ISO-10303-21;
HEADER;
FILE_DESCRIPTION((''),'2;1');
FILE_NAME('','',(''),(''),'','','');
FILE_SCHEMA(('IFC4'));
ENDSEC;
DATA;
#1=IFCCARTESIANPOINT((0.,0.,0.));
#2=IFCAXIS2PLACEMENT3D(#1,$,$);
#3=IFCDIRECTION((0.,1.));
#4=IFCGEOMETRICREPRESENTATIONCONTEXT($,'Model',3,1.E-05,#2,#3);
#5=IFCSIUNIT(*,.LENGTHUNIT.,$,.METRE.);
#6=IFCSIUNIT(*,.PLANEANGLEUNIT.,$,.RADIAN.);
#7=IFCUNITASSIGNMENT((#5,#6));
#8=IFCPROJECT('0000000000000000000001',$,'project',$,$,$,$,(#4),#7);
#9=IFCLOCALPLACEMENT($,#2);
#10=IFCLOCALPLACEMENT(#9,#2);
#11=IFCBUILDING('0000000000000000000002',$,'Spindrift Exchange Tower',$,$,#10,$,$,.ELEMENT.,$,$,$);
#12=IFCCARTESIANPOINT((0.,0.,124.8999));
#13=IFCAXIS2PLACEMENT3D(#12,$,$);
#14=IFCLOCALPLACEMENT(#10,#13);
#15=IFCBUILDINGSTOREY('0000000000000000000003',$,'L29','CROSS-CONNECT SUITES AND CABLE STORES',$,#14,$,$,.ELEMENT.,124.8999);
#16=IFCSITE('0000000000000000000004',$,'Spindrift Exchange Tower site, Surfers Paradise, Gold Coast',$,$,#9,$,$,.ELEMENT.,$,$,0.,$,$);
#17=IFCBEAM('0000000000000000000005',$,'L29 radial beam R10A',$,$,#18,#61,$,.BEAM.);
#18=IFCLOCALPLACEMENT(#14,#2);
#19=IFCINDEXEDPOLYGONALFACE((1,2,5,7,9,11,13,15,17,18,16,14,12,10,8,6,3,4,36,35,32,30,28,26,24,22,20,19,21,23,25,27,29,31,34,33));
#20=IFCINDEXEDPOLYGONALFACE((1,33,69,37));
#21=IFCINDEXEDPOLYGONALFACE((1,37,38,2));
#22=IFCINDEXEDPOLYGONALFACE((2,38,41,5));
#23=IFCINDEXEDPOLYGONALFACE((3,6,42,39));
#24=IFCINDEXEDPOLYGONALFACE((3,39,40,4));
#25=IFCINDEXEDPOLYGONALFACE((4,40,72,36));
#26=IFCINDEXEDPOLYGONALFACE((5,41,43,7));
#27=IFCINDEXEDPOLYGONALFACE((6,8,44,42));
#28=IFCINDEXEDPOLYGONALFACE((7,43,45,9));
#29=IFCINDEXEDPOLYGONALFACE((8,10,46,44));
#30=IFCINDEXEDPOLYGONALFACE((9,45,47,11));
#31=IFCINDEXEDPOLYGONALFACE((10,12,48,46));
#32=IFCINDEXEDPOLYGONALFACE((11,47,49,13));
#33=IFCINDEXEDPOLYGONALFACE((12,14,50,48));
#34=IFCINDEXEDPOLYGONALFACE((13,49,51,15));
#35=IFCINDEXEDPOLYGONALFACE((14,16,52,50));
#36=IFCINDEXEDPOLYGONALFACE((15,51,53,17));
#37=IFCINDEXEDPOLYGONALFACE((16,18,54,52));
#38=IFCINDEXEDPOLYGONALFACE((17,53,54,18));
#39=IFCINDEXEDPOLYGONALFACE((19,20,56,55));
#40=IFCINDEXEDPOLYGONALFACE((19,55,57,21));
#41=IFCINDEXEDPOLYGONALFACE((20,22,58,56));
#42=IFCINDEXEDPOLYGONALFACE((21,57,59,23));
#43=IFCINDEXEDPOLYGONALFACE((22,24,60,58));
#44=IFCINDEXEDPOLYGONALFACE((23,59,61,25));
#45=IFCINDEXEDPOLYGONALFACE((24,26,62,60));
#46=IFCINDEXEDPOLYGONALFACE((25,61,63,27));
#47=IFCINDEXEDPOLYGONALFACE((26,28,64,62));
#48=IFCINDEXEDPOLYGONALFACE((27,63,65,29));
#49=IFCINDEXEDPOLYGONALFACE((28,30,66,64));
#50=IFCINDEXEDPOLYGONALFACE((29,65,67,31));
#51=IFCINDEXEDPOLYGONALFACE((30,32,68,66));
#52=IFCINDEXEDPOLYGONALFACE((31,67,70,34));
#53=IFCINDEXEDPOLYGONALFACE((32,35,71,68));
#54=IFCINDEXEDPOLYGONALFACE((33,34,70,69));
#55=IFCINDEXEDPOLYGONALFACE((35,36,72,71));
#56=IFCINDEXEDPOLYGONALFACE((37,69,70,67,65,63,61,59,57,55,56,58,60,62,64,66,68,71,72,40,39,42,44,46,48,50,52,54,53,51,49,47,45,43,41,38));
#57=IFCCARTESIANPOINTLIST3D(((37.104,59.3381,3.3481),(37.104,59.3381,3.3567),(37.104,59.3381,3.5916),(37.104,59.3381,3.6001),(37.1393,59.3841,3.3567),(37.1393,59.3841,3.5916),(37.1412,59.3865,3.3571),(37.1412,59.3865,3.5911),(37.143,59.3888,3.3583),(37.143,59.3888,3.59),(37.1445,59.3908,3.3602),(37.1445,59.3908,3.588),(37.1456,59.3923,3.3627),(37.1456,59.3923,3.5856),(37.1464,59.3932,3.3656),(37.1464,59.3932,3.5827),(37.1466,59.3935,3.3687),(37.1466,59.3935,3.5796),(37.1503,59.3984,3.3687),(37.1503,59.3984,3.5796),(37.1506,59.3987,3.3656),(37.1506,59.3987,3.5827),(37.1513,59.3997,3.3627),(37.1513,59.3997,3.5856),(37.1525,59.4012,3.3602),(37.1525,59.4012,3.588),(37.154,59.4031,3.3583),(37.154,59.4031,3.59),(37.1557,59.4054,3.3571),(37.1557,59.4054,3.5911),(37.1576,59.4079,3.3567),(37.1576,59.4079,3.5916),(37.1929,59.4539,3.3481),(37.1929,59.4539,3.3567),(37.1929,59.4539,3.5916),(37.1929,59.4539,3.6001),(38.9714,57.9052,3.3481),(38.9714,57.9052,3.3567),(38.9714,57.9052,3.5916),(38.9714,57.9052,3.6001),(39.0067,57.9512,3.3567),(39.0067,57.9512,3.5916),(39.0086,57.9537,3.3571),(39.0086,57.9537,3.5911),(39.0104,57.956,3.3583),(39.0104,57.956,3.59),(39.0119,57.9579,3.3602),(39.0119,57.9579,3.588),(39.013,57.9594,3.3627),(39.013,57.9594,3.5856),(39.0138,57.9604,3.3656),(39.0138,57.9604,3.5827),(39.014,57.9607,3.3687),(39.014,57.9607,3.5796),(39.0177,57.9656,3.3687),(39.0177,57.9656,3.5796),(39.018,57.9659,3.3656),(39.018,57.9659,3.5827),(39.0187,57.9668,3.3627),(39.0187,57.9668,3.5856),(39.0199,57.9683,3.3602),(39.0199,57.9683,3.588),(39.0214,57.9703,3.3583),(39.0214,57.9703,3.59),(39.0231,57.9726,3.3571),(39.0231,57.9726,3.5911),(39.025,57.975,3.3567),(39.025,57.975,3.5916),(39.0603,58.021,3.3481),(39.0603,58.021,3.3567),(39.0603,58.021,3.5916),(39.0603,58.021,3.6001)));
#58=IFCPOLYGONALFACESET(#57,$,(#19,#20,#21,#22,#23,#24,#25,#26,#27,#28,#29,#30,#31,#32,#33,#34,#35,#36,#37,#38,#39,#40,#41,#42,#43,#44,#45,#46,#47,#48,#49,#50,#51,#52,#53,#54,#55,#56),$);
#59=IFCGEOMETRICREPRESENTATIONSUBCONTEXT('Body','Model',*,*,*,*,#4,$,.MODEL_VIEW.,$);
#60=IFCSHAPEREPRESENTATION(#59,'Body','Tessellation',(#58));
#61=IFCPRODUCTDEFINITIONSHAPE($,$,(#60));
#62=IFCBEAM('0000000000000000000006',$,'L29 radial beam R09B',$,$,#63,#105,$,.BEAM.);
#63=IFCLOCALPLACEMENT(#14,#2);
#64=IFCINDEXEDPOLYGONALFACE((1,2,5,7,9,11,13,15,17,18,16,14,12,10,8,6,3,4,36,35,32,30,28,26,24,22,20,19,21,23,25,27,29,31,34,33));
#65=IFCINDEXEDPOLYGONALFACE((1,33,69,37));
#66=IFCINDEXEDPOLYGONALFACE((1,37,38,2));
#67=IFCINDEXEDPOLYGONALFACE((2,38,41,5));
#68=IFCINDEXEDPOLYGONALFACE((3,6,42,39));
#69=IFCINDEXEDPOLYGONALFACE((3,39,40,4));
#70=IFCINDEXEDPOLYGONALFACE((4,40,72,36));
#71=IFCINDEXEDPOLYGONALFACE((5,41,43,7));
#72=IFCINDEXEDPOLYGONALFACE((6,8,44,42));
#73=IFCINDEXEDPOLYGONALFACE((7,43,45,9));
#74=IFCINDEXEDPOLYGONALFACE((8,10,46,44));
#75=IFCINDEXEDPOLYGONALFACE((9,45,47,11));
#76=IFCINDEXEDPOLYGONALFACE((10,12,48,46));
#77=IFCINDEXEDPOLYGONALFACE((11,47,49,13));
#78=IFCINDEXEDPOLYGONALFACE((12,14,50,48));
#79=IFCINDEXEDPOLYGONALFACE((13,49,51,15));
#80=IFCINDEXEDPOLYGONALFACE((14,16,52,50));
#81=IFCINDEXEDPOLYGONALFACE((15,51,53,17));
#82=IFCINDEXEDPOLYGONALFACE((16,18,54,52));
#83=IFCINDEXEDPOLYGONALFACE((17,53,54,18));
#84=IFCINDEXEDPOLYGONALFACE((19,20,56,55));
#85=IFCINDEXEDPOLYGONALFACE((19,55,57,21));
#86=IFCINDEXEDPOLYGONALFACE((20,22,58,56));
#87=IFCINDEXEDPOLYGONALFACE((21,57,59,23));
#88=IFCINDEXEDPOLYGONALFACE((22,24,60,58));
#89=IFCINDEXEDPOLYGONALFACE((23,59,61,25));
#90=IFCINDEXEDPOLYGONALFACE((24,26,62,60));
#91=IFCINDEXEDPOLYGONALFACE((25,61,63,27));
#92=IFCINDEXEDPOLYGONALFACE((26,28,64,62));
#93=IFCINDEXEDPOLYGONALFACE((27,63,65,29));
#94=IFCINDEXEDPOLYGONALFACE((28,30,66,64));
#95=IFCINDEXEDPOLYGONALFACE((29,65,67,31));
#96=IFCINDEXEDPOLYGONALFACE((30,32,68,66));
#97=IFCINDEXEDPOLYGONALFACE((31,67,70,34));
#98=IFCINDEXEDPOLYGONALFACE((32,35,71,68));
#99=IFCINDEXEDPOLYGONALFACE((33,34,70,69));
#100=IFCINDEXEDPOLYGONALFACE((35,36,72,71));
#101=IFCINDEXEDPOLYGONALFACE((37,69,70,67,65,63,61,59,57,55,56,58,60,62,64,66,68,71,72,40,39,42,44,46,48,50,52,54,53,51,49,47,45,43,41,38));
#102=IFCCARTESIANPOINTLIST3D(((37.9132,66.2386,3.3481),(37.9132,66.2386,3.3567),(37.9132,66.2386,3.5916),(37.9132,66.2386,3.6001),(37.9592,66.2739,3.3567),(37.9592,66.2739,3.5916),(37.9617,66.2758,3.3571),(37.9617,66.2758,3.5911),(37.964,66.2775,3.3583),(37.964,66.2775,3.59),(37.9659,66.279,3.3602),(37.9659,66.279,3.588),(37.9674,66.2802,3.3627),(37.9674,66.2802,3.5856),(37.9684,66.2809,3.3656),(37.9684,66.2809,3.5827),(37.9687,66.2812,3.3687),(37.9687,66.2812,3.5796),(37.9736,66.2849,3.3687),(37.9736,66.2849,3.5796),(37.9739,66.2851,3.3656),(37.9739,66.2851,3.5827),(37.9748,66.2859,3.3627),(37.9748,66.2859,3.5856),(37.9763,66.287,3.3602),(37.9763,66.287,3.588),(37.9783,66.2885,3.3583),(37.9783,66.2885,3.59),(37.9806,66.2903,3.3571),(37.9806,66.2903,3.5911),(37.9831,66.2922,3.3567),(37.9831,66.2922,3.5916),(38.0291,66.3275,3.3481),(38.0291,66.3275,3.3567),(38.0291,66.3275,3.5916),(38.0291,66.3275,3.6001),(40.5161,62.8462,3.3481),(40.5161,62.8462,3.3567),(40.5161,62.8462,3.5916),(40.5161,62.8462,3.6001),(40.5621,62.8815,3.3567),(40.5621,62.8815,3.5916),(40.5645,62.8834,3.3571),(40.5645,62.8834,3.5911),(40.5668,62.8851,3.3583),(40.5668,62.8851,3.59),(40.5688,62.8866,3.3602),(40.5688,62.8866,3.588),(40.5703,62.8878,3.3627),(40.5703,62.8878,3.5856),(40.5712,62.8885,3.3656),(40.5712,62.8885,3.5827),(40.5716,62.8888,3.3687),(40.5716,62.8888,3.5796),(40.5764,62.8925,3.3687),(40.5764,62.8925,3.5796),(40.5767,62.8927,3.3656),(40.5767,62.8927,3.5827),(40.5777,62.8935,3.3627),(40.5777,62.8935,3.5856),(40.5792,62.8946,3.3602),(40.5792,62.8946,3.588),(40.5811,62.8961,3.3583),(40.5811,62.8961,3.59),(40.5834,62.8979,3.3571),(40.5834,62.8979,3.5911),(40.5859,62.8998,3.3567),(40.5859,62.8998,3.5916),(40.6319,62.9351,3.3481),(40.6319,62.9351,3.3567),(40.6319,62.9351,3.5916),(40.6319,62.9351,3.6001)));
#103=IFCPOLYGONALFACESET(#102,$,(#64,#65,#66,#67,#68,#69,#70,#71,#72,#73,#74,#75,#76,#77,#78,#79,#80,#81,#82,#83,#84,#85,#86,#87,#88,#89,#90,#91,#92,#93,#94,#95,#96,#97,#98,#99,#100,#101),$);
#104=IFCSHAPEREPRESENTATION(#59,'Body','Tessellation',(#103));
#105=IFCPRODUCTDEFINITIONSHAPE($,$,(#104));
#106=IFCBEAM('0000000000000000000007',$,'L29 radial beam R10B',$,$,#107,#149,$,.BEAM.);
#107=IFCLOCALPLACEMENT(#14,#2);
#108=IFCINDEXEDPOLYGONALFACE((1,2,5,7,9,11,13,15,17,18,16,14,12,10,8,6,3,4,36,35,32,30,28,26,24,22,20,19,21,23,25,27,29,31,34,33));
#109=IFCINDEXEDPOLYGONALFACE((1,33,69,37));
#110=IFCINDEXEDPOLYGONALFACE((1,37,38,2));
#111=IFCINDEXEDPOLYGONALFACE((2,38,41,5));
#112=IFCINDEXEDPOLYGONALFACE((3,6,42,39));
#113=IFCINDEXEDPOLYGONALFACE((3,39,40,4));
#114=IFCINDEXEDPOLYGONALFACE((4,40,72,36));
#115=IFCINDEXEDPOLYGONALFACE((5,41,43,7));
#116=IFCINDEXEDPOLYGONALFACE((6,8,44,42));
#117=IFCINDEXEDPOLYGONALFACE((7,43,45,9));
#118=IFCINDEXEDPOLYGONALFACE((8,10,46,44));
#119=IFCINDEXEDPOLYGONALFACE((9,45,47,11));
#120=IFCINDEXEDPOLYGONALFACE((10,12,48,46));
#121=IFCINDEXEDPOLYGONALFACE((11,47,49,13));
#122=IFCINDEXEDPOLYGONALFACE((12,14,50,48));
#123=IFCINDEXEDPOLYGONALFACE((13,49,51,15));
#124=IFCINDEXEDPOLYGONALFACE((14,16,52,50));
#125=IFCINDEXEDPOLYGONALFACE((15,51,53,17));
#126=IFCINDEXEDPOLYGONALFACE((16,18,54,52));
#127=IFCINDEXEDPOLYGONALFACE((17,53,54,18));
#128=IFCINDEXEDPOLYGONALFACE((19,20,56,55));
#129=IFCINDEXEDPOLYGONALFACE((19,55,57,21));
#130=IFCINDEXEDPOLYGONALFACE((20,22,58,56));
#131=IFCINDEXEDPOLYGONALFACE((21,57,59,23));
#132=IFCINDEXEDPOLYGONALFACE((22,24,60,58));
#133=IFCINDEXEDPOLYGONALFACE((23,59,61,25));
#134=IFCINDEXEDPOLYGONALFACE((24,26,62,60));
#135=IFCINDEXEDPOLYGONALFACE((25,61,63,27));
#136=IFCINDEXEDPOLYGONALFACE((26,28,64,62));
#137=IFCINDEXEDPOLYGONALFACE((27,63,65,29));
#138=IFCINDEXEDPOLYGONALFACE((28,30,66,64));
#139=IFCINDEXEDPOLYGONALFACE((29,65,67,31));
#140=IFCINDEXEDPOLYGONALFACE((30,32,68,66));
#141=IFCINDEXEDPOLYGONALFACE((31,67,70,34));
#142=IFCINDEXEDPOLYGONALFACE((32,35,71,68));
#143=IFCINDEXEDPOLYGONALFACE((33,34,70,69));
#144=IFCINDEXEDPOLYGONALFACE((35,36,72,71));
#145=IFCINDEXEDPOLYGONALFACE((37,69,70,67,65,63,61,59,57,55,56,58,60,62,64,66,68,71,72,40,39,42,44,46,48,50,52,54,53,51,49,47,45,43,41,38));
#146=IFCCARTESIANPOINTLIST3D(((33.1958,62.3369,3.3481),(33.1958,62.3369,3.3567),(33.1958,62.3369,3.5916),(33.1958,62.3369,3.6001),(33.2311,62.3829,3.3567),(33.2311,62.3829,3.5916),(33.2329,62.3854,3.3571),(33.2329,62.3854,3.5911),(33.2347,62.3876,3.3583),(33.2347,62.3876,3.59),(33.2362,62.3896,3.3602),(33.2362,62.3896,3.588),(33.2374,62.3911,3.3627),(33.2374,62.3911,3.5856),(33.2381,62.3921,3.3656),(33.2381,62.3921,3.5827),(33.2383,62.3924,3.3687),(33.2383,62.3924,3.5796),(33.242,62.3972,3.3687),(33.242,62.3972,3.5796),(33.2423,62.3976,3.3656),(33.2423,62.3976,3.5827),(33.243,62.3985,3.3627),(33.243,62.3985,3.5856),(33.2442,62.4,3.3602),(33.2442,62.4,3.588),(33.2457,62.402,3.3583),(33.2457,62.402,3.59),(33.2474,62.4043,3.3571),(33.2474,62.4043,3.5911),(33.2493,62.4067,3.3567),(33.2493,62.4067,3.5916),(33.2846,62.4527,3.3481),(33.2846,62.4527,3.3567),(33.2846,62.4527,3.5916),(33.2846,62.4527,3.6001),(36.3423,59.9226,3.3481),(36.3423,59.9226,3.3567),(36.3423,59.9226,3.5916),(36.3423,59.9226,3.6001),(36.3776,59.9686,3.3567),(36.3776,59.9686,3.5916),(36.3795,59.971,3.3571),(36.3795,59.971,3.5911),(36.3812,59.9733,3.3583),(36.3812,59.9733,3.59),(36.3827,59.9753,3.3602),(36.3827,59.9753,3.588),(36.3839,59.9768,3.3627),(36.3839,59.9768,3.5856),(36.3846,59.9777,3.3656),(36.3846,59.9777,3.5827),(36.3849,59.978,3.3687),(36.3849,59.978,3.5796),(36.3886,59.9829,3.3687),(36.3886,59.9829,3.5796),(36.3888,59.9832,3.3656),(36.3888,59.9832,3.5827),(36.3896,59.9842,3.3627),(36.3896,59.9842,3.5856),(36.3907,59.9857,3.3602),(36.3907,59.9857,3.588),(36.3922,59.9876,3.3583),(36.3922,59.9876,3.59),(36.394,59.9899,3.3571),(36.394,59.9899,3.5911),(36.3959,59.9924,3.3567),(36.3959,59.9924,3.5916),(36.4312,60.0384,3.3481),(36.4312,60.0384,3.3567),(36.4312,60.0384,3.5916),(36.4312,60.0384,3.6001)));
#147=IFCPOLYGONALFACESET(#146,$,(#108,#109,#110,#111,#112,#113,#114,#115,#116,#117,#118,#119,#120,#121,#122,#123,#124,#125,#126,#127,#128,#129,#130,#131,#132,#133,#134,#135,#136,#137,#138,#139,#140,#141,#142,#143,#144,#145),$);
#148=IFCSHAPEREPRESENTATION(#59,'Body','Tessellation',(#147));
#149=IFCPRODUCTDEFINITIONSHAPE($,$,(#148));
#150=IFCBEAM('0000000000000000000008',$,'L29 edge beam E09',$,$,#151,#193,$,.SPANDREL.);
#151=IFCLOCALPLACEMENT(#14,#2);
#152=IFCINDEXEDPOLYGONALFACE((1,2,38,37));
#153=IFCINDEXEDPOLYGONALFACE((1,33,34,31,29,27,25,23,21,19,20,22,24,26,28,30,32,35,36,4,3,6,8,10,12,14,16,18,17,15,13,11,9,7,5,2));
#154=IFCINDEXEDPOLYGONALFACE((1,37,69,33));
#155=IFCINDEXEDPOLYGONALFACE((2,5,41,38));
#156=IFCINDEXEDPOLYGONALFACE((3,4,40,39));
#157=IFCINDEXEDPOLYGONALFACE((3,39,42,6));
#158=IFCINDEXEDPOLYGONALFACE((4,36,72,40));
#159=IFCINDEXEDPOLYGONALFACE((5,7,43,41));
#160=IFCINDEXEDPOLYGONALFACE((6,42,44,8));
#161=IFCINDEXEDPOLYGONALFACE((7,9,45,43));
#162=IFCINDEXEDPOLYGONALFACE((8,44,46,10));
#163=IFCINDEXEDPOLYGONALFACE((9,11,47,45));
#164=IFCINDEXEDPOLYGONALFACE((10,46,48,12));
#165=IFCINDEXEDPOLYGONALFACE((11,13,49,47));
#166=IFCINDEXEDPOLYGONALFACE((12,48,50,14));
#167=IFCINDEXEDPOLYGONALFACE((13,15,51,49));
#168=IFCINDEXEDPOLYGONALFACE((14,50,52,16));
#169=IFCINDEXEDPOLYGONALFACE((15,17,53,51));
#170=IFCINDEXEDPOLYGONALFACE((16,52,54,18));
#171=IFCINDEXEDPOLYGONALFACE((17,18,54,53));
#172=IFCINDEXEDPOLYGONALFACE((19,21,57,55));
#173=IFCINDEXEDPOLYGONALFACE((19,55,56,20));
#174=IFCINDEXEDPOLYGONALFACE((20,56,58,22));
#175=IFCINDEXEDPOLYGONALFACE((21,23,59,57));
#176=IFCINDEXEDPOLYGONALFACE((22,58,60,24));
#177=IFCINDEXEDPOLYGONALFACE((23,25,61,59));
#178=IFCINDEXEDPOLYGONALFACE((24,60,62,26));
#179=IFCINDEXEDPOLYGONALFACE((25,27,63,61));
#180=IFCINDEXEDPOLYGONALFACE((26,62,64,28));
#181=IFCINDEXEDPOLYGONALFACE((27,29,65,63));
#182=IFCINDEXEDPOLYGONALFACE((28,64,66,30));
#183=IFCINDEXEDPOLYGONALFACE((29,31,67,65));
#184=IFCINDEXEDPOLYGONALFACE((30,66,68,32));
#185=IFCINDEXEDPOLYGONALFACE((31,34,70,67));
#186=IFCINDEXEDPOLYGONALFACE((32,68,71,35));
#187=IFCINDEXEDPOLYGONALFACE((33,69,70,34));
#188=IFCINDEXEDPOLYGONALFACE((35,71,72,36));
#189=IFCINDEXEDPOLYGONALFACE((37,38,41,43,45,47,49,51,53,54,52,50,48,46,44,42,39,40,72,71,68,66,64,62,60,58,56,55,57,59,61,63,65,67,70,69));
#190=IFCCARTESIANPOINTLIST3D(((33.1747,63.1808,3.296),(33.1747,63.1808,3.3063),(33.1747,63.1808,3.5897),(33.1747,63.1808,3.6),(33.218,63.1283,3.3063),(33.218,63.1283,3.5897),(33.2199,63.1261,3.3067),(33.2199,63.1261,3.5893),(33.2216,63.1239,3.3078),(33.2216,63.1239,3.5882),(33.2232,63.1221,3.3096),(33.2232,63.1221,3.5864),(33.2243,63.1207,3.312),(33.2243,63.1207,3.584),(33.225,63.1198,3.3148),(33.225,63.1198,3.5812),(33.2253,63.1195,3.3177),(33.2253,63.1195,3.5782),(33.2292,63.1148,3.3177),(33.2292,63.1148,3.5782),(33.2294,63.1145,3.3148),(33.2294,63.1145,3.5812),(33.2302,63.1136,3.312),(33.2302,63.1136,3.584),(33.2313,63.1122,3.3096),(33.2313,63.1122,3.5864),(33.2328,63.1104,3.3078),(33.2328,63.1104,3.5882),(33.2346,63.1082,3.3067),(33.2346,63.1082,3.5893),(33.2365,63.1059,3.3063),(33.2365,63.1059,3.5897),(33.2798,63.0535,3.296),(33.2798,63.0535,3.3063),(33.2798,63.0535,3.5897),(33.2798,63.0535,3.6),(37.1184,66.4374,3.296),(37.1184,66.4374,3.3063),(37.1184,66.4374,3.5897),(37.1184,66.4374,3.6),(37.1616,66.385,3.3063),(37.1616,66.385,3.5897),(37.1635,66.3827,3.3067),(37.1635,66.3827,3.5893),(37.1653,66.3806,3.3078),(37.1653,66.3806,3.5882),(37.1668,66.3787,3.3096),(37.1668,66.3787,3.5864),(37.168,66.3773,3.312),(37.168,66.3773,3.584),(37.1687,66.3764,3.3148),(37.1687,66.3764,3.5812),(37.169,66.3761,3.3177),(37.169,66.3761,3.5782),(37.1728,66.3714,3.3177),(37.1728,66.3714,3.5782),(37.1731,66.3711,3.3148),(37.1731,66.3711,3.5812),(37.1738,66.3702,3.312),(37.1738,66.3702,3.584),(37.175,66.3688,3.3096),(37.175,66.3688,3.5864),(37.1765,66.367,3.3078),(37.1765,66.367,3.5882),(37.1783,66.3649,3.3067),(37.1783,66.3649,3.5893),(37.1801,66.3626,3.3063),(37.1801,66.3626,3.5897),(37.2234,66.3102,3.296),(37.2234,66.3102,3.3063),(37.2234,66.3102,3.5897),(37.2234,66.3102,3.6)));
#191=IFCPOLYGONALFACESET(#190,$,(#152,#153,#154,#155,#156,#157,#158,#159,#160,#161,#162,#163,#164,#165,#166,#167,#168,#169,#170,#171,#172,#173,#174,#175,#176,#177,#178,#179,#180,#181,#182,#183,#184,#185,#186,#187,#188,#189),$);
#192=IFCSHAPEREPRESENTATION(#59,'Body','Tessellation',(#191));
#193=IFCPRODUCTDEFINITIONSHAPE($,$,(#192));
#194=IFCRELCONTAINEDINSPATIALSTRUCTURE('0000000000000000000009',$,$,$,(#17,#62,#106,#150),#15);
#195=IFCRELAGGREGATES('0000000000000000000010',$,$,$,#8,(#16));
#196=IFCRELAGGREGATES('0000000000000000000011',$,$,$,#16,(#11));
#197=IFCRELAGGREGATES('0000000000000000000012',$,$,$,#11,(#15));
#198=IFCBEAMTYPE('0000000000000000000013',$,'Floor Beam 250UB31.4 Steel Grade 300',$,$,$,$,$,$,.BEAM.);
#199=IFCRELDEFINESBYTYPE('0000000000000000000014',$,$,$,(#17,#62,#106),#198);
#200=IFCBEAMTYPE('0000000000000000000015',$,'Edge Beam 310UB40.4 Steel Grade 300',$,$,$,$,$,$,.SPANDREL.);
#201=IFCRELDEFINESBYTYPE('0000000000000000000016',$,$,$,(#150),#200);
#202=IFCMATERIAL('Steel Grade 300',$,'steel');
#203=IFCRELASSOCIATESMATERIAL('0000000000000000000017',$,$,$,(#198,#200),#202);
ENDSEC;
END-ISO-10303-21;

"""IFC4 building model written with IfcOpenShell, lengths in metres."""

from ifc_helpers import new_model, si_unit, direction, frame, origin, origin_2d, place, context, subcontext, project, spatial, i_section, extrude, source, transform, mapped, material, material_profile, profile_set, type_object, element, save


model = new_model("IFC4")

# Units and contexts
model_context = context("Model", 3, precision=1e-05, world=origin(), true_north=direction((0.0, 1.0)))
body_context = subcontext(model_context, "Body", "Model", "MODEL_VIEW")
ifc_project = project(units=[si_unit("LENGTHUNIT", "METRE"), si_unit("PLANEANGLEUNIT", "RADIAN")], contexts=[model_context])

# Site, building, storey
site_placement = place(None, origin())
site = spatial("IfcSite", under=ifc_project, at=site_placement, Name="Spindrift Exchange Tower site, Surfers Paradise, Gold Coast", CompositionType="ELEMENT", RefElevation=0.0)
building_placement = place(site_placement, origin())
building = spatial("IfcBuilding", under=site, at=building_placement, Name="Spindrift Exchange Tower", CompositionType="ELEMENT")
storey_placement = place(building_placement, frame((0.0, 0.0, 124.8999)))
storey = spatial("IfcBuildingStorey", under=building, at=storey_placement, Name="L29", Description="CROSS-CONNECT SUITES AND CABLE STORES", CompositionType="ELEMENT", Elevation=124.8999)

# Beams
ifc_material_1 = material(Name="Steel Grade 300", Category="steel")
ifc_material_profile_1 = material_profile(ifc_material_1, i_section(OverallWidth=0.146, OverallDepth=0.252, WebThickness=0.0061, FlangeThickness=0.0085, FilletRadius=0.012, at=origin_2d()), Name="250UB31.4")
ifc_profile_set_1 = profile_set([ifc_material_profile_1], Name="Steel Grade 300")
beam_type_1 = type_object("IfcBeamType", Name="Floor Beam 250UB31.4 Steel Grade 300", PredefinedType="BEAM", material=ifc_profile_set_1)
shared_shape_1 = source(origin(), body_context, "Body", "SweptSolid", [
    extrude(i_section(OverallWidth=0.146, OverallDepth=0.252, WebThickness=0.0061, FlangeThickness=0.0085, FilletRadius=0.012, at=origin_2d()), origin(), (0.0, 0.0, 1.0), 2.3538),
])
beam_1_placement = place(storey_placement, frame((39.0159, 57.9631, 3.4741), z_axis=(-0.793368, 0.608743, 0.0), x_axis=(-0.608743, -0.793368, 0.0)))
element("IfcBeam", 1, at=beam_1_placement, inside=storey, type_object=beam_type_1, Name="L29 radial beam R10A", PredefinedType="BEAM", context=body_context, shape_type="MappedRepresentation", body=[
    mapped(shared_shape_1, transform((0.0, 0.0, 0.0), scale=1.0)),
])
shared_shape_2 = source(origin(), body_context, "Body", "SweptSolid", [
    extrude(i_section(OverallWidth=0.146, OverallDepth=0.252, WebThickness=0.0061, FlangeThickness=0.0085, FilletRadius=0.012, at=origin_2d()), origin(), (0.0, 0.0, 1.0), 4.2759),
])
beam_2_placement = place(storey_placement, frame((40.574, 62.8906, 3.4741), z_axis=(-0.608725, 0.793381, 0.0), x_axis=(-0.793381, -0.608725, 0.0)))
element("IfcBeam", 2, at=beam_2_placement, inside=storey, type_object=beam_type_1, Name="L29 radial beam R09B", PredefinedType="BEAM", context=body_context, shape_type="MappedRepresentation", body=[
    mapped(shared_shape_2, transform((0.0, 0.0, 0.0), scale=1.0)),
])
shared_shape_3 = source(origin(), body_context, "Body", "SweptSolid", [
    extrude(i_section(OverallWidth=0.146, OverallDepth=0.252, WebThickness=0.0061, FlangeThickness=0.0085, FilletRadius=0.012, at=origin_2d()), origin(), (0.0, 0.0, 1.0), 3.9661),
])
beam_3_placement = place(storey_placement, frame((36.3867, 59.9805, 3.4741), z_axis=(-0.793363, 0.608749, 0.0), x_axis=(-0.608749, -0.793363, 0.0)))
element("IfcBeam", 3, at=beam_3_placement, inside=storey, type_object=beam_type_1, Name="L29 radial beam R10B", PredefinedType="BEAM", context=body_context, shape_type="MappedRepresentation", body=[
    mapped(shared_shape_3, transform((0.0, 0.0, 0.0), scale=1.0)),
])
ifc_material_profile_2 = material_profile(ifc_material_1, i_section(OverallWidth=0.165, OverallDepth=0.304, WebThickness=0.0061, FlangeThickness=0.0103, FilletRadius=0.0115, at=origin_2d()), Name="310UB40.4")
ifc_profile_set_2 = profile_set([ifc_material_profile_2], Name="Steel Grade 300")
beam_type_2 = type_object("IfcBeamType", Name="Edge Beam 310UB40.4 Steel Grade 300", PredefinedType="SPANDREL", material=ifc_profile_set_2)
shared_shape_4 = source(origin(), body_context, "Body", "SweptSolid", [
    extrude(i_section(OverallWidth=0.165, OverallDepth=0.304, WebThickness=0.0061, FlangeThickness=0.0103, FilletRadius=0.0115, at=origin_2d()), origin(), (0.0, 0.0, 1.0), 5.1145),
])
beam_4_placement = place(storey_placement, frame((37.1709, 66.3738, 3.448), z_axis=(-0.771074, -0.636746, 0.0), x_axis=(0.636746, -0.771074, 0.0)))
element("IfcBeam", 4, at=beam_4_placement, inside=storey, type_object=beam_type_2, Name="L29 edge beam E09", PredefinedType="SPANDREL", context=body_context, shape_type="MappedRepresentation", body=[
    mapped(shared_shape_4, transform((0.0, 0.0, 0.0), scale=1.0)),
])

save(model, "model.ifc")
